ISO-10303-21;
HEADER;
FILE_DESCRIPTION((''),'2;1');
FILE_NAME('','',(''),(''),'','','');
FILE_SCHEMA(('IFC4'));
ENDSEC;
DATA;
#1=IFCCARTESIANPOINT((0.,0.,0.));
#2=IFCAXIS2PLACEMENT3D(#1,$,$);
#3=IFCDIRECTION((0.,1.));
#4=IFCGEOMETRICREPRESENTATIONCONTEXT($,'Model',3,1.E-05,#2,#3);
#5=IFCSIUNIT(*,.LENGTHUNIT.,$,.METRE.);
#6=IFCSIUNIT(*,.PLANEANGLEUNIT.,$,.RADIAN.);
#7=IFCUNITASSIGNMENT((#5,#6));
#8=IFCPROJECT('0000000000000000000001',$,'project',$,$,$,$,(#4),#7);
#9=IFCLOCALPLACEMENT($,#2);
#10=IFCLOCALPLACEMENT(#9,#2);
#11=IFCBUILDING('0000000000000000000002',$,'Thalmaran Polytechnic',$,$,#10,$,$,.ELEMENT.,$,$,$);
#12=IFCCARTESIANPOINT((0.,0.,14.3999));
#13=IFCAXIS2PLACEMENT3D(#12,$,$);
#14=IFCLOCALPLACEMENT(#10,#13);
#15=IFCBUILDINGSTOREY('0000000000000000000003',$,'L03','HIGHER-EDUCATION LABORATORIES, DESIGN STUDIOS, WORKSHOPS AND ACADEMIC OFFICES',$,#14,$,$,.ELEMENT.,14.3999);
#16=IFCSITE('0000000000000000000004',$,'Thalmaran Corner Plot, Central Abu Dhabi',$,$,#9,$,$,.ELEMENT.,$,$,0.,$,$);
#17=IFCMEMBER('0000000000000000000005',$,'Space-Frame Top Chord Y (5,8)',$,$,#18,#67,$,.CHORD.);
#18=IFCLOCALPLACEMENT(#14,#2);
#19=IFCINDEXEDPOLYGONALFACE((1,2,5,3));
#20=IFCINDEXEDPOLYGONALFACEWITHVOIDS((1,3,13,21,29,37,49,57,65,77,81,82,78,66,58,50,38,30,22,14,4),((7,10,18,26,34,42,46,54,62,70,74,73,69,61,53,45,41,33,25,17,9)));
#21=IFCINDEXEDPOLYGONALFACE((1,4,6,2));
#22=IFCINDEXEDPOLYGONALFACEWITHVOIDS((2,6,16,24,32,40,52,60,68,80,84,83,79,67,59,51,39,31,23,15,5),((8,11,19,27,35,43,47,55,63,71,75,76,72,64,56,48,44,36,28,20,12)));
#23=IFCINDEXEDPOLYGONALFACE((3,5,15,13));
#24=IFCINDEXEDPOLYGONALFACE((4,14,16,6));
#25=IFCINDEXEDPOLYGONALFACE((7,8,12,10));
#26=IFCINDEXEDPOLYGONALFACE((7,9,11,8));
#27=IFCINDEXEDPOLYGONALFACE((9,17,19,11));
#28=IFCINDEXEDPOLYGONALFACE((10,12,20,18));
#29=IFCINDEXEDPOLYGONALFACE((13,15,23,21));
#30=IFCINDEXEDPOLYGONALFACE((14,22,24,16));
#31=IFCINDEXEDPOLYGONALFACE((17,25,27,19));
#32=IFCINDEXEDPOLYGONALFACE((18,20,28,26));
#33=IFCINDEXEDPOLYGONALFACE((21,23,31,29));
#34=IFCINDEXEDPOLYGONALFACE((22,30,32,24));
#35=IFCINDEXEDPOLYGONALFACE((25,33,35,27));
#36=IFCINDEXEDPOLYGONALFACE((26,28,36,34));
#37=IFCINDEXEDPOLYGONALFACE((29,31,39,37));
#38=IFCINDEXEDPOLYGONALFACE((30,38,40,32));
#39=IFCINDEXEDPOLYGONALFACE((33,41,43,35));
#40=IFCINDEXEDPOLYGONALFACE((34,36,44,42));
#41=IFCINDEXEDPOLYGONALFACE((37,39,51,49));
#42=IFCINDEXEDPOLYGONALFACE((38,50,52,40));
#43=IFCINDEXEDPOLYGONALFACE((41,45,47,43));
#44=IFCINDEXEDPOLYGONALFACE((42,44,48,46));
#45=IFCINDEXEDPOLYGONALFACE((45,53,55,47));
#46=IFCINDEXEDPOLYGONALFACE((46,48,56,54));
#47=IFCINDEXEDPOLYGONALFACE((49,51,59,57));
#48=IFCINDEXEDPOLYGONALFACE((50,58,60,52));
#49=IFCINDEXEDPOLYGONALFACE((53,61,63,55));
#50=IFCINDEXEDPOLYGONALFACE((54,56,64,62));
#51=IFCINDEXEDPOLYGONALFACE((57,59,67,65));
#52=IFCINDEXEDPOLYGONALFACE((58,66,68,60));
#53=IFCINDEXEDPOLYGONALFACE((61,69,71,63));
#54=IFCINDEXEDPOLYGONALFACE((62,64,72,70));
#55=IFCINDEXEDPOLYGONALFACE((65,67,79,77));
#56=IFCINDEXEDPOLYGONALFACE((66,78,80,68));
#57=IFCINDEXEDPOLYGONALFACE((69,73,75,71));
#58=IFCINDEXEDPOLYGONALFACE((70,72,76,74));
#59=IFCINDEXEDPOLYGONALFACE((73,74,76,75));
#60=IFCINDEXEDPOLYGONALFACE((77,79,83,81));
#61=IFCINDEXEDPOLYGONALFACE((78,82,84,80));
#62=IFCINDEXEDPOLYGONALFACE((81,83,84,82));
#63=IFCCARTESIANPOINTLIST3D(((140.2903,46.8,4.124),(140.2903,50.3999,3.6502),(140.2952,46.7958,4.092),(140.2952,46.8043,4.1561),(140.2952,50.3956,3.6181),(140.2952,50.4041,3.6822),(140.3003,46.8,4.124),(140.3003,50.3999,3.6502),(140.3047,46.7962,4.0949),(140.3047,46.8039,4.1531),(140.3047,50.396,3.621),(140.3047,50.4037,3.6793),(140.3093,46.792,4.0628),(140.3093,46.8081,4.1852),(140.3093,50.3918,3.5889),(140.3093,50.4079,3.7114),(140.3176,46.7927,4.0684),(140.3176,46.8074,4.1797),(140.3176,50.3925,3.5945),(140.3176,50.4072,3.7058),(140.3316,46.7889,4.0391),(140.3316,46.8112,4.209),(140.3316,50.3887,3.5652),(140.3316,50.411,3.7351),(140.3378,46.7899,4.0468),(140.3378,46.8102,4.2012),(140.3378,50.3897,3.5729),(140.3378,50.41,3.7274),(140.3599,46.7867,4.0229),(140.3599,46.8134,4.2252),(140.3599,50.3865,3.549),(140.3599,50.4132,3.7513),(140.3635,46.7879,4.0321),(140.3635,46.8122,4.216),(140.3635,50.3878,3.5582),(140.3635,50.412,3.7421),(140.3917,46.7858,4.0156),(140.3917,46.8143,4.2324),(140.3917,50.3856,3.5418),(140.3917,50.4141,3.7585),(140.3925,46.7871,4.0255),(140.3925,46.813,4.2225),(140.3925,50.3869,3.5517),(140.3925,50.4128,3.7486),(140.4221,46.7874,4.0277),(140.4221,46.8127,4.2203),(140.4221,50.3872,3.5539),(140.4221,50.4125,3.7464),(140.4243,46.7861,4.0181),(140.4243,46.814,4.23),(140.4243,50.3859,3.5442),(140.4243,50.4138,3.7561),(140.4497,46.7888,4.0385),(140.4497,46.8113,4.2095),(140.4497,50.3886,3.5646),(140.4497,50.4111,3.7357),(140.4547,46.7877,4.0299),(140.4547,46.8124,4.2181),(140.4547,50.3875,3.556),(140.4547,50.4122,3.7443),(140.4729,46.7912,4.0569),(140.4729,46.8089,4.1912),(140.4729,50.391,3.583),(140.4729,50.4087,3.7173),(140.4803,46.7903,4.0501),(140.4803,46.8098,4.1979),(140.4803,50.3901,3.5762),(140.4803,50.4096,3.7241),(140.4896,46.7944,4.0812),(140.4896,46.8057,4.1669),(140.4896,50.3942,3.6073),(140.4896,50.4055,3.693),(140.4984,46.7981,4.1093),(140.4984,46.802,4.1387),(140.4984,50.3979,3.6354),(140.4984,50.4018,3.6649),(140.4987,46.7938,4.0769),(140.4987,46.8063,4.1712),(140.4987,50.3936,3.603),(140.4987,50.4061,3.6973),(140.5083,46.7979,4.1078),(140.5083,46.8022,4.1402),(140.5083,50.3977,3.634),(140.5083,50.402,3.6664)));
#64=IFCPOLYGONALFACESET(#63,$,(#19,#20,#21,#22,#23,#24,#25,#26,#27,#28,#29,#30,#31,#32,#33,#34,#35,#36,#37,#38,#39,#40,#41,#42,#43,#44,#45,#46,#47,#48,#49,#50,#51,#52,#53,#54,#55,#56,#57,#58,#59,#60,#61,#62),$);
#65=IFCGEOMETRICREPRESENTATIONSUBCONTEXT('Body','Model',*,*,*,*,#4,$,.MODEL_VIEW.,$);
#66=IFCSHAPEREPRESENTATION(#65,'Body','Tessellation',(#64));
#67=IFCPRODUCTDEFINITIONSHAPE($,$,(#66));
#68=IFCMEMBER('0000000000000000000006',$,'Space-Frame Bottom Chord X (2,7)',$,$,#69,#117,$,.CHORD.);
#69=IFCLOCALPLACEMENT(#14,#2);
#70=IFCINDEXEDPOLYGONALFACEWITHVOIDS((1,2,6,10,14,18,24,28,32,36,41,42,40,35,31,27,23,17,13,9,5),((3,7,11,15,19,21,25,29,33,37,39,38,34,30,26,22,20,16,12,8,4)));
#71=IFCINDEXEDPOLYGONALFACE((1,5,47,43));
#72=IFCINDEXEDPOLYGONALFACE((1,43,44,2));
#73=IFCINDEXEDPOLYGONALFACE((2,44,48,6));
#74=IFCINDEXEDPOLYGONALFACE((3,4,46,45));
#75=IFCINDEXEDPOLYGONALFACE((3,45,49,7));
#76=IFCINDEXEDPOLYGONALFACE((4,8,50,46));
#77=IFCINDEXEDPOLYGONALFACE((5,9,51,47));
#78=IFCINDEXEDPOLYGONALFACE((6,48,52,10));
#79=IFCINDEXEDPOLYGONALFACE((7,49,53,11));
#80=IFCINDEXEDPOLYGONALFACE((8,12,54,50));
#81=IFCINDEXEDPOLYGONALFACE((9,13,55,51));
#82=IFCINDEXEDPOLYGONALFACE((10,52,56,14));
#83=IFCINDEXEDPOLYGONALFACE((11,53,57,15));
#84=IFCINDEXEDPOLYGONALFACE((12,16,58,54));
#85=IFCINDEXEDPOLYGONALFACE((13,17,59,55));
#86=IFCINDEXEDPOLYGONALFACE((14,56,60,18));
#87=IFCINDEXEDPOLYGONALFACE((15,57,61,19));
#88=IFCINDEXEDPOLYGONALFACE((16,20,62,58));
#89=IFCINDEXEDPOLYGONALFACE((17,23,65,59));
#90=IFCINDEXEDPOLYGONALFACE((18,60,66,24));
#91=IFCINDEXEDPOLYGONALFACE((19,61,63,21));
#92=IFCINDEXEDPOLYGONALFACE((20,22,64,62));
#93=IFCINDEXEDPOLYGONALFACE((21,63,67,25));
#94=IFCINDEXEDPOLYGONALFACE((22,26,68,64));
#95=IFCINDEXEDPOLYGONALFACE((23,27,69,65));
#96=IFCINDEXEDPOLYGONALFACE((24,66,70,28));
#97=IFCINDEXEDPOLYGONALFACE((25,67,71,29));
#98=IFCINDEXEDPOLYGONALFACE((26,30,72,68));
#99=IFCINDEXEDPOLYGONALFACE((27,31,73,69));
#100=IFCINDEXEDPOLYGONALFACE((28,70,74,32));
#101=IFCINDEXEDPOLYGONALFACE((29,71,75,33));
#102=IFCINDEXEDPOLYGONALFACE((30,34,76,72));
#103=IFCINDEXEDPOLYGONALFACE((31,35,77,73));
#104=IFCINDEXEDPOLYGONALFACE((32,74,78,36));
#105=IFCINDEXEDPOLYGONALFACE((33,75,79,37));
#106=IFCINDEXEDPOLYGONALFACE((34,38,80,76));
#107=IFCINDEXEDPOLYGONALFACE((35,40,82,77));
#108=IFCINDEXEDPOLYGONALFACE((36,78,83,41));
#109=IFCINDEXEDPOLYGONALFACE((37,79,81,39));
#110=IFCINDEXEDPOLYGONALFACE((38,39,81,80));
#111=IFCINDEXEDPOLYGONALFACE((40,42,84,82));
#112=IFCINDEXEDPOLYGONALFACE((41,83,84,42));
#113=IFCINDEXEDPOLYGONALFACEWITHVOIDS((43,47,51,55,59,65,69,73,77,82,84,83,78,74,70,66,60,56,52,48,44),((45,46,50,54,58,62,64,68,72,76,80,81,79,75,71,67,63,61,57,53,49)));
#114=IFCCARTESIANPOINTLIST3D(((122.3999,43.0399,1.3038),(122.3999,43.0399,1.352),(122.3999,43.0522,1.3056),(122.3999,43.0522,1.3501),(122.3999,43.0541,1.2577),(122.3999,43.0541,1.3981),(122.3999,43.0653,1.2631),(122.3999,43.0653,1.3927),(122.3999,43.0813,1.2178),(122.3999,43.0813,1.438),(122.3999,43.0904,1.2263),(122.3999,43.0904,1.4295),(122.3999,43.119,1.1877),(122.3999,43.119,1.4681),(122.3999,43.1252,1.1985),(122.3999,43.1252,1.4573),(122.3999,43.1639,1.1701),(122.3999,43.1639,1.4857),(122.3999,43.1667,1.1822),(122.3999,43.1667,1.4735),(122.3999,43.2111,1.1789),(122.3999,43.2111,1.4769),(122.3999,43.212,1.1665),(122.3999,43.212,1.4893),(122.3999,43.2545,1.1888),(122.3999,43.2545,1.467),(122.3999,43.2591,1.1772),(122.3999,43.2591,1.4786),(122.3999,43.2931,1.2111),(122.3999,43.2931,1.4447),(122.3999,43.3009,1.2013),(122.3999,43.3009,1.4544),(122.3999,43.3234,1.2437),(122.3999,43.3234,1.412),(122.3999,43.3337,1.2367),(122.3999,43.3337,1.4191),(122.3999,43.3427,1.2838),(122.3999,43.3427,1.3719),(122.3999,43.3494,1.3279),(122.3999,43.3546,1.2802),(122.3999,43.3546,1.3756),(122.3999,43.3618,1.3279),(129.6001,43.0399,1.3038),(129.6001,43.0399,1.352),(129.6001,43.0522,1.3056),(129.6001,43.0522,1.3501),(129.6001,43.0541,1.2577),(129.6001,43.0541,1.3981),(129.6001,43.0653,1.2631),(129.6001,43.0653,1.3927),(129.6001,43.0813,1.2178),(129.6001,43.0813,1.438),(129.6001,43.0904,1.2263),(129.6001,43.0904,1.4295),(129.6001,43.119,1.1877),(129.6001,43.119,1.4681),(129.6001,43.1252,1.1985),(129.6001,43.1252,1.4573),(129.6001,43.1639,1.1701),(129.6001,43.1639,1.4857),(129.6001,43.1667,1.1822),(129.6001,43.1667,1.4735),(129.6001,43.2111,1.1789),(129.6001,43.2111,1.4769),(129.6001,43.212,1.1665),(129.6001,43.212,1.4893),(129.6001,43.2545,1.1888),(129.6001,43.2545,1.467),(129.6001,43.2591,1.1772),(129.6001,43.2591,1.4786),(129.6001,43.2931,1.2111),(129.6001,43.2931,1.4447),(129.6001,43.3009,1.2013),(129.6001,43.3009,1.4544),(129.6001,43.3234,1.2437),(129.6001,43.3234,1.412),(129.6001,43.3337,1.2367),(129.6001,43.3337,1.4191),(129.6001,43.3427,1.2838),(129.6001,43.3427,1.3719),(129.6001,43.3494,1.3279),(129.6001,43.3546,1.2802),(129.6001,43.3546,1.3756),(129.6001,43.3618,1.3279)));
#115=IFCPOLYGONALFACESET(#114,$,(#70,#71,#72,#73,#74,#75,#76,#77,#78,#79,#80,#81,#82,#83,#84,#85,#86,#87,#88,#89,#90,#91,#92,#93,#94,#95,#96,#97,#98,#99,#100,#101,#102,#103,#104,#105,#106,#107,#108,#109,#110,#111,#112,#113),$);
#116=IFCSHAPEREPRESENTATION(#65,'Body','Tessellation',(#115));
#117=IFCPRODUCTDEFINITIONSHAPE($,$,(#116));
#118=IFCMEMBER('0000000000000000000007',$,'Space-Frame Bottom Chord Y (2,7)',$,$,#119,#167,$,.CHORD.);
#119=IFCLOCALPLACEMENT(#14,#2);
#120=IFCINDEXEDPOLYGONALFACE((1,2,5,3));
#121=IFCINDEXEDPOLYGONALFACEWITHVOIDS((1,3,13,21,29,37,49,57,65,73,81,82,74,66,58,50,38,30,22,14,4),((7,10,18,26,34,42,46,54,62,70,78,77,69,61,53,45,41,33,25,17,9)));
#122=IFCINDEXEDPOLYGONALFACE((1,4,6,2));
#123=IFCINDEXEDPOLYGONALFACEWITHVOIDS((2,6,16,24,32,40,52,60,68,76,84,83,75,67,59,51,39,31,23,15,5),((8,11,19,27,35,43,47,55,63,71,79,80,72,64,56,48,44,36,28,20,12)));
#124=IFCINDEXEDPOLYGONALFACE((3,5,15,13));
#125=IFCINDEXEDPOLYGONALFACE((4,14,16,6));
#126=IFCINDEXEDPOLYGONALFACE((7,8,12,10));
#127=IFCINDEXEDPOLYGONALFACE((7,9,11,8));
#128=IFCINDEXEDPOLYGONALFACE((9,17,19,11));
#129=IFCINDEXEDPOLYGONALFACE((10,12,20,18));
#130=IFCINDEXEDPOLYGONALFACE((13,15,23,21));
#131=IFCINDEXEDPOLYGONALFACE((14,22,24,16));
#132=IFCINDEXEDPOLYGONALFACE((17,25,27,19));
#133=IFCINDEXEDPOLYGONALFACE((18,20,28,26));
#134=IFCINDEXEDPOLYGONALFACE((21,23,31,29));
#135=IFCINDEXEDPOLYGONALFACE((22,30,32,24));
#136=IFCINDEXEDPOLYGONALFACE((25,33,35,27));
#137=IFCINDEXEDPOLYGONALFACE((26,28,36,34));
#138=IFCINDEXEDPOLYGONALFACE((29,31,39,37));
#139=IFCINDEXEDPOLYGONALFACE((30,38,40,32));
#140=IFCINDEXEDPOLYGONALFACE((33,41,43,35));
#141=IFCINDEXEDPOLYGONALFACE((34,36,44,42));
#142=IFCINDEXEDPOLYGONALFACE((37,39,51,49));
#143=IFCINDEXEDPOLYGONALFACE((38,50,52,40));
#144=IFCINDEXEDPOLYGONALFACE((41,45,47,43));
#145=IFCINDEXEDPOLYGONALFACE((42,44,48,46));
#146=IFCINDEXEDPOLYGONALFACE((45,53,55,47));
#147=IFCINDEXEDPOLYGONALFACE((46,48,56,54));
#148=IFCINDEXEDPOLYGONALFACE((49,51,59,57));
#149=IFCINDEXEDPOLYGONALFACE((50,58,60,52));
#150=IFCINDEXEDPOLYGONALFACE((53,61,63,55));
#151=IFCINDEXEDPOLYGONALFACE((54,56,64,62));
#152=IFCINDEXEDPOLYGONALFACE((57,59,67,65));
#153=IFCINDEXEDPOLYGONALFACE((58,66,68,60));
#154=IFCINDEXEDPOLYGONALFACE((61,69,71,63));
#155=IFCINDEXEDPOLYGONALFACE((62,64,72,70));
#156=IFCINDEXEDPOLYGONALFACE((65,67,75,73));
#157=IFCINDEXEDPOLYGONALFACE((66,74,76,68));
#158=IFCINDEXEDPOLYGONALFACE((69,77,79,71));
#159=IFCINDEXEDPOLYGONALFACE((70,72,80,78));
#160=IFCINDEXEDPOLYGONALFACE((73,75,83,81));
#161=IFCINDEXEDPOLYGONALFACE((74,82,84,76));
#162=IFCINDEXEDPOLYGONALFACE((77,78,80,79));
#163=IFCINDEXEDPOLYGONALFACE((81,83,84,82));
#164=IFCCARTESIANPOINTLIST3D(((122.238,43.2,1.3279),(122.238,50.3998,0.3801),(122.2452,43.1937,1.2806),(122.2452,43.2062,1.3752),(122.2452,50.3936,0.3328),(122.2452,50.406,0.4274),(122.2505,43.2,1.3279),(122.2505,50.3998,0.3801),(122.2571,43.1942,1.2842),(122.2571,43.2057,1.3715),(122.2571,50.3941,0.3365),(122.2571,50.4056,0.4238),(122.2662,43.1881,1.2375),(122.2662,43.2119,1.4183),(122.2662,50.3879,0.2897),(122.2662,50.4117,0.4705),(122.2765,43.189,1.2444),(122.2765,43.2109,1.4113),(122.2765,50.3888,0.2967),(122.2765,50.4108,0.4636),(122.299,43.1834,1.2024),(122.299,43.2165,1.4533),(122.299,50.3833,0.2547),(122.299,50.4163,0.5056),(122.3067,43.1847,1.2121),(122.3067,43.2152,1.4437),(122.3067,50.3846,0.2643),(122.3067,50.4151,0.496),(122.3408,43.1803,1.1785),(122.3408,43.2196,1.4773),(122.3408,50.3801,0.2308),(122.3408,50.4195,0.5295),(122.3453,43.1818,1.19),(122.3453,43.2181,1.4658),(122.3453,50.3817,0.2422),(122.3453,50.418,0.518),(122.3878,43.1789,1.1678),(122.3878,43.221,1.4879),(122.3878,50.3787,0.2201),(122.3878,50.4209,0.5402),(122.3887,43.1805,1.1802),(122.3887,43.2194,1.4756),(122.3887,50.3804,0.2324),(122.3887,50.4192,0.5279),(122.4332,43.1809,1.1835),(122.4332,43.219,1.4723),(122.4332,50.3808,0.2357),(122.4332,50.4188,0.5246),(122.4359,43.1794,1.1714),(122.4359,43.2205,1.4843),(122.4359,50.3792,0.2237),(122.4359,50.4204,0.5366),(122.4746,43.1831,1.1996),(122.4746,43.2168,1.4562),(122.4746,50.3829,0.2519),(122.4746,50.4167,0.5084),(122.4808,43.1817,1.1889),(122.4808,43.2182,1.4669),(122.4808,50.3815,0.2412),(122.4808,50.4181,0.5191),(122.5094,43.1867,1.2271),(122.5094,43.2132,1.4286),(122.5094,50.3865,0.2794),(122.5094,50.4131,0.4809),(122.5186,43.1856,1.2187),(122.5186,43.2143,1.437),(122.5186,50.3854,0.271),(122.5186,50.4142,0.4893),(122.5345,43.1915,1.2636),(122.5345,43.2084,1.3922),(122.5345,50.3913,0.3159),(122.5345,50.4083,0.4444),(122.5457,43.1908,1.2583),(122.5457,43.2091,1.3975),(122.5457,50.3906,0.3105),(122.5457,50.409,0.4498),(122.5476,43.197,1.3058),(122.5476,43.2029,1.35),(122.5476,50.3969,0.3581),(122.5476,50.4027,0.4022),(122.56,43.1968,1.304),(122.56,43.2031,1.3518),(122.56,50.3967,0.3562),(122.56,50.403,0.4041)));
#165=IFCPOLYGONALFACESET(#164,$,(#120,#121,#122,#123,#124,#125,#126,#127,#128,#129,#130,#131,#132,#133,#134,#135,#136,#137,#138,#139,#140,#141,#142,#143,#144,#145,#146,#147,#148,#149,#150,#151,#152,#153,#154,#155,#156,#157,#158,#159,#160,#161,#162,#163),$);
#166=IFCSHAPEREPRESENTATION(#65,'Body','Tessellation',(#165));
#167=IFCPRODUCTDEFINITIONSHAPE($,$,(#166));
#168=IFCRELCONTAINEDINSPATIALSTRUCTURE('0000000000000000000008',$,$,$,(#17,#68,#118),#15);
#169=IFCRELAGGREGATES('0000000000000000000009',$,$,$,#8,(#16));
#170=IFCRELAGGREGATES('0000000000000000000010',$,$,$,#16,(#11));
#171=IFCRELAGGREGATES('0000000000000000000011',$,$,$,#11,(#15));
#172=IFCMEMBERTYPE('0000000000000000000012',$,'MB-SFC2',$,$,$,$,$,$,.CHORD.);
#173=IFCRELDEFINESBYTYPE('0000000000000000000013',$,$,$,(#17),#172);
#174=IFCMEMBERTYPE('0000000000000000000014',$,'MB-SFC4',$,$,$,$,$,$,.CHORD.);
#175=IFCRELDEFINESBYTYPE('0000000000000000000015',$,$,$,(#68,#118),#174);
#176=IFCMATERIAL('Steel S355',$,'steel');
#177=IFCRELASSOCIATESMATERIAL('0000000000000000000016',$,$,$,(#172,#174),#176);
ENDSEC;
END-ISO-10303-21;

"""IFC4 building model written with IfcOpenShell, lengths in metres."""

from ifc_helpers import new_model, si_unit, direction, frame, origin, origin_2d, place, context, subcontext, project, spatial, hollow_circle, extrude, material, material_profile, profile_set, type_object, element, save


model = new_model("IFC4")

# Units and contexts
model_context = context("Model", 3, precision=1e-05, world=origin(), true_north=direction((0.0, 1.0)))
body_context = subcontext(model_context, "Body", "Model", "MODEL_VIEW")
ifc_project = project(units=[si_unit("LENGTHUNIT", "METRE"), si_unit("PLANEANGLEUNIT", "RADIAN")], contexts=[model_context])

# Site, building, storey
site_placement = place(None, origin())
site = spatial("IfcSite", under=ifc_project, at=site_placement, Name="Thalmaran Corner Plot, Central Abu Dhabi", CompositionType="ELEMENT", RefElevation=0.0)
building_placement = place(site_placement, origin())
building = spatial("IfcBuilding", under=site, at=building_placement, Name="Thalmaran Polytechnic", CompositionType="ELEMENT")
storey_placement = place(building_placement, frame((0.0, 0.0, 14.3999)))
storey = spatial("IfcBuildingStorey", under=building, at=storey_placement, Name="L03", Description="HIGHER-EDUCATION LABORATORIES, DESIGN STUDIOS, WORKSHOPS AND ACADEMIC OFFICES", CompositionType="ELEMENT", Elevation=14.3999)

# Members
ifc_material = material(Name="Steel S355", Category="steel")
ifc_material_profile_1 = material_profile(ifc_material, hollow_circle(Radius=0.1096, WallThickness=0.01, at=origin_2d()), Name="CHS 219.1x10.0")
ifc_profile_set_1 = profile_set([ifc_material_profile_1], Name="Steel S355")
member_type_1 = type_object("IfcMemberType", Name="MB-SFC2", PredefinedType="CHORD", material=ifc_profile_set_1)
member_1_placement = place(storey_placement, frame((140.3999, 46.8, 4.124), z_axis=(0.0, 0.991447, -0.130512), x_axis=(-1.0, 0.0, 0.0)))
element("IfcMember", 1, at=member_1_placement, inside=storey, type_object=member_type_1, Name="Space-Frame Top Chord Y (5,8)", PredefinedType="CHORD", context=body_context, shape_type="SweptSolid", body=[
    extrude(hollow_circle(Radius=0.1096, WallThickness=0.01, at=origin_2d()), origin(), (0.0, 0.0, 1.0), 3.6309),
])
ifc_material_profile_2 = material_profile(ifc_material, hollow_circle(Radius=0.1619, WallThickness=0.0125, at=origin_2d()), Name="CHS 323.9x12.5")
ifc_profile_set_2 = profile_set([ifc_material_profile_2], Name="Steel S355")
member_type_2 = type_object("IfcMemberType", Name="MB-SFC4", PredefinedType="CHORD", material=ifc_profile_set_2)
member_2_placement = place(storey_placement, frame((122.3999, 43.2, 1.3279), z_axis=(1.0, 0.0, 0.0), x_axis=(0.0, 1.0, 0.0)))
element("IfcMember", 2, at=member_2_placement, inside=storey, type_object=member_type_2, Name="Space-Frame Bottom Chord X (2,7)", PredefinedType="CHORD", context=body_context, shape_type="SweptSolid", body=[
    extrude(hollow_circle(Radius=0.1619, WallThickness=0.0125, at=origin_2d()), origin(), (0.0, 0.0, 1.0), 7.2002),
])
member_3_placement = place(storey_placement, frame((122.3999, 43.2, 1.3279), z_axis=(0.0, 0.991447, -0.130508), x_axis=(-1.0, 0.0, 0.0)))
element("IfcMember", 3, at=member_3_placement, inside=storey, type_object=member_type_2, Name="Space-Frame Bottom Chord Y (2,7)", PredefinedType="CHORD", context=body_context, shape_type="SweptSolid", body=[
    extrude(hollow_circle(Radius=0.1619, WallThickness=0.0125, at=origin_2d()), origin(), (0.0, 0.0, 1.0), 7.262),
])

save(model, "model.ifc")
